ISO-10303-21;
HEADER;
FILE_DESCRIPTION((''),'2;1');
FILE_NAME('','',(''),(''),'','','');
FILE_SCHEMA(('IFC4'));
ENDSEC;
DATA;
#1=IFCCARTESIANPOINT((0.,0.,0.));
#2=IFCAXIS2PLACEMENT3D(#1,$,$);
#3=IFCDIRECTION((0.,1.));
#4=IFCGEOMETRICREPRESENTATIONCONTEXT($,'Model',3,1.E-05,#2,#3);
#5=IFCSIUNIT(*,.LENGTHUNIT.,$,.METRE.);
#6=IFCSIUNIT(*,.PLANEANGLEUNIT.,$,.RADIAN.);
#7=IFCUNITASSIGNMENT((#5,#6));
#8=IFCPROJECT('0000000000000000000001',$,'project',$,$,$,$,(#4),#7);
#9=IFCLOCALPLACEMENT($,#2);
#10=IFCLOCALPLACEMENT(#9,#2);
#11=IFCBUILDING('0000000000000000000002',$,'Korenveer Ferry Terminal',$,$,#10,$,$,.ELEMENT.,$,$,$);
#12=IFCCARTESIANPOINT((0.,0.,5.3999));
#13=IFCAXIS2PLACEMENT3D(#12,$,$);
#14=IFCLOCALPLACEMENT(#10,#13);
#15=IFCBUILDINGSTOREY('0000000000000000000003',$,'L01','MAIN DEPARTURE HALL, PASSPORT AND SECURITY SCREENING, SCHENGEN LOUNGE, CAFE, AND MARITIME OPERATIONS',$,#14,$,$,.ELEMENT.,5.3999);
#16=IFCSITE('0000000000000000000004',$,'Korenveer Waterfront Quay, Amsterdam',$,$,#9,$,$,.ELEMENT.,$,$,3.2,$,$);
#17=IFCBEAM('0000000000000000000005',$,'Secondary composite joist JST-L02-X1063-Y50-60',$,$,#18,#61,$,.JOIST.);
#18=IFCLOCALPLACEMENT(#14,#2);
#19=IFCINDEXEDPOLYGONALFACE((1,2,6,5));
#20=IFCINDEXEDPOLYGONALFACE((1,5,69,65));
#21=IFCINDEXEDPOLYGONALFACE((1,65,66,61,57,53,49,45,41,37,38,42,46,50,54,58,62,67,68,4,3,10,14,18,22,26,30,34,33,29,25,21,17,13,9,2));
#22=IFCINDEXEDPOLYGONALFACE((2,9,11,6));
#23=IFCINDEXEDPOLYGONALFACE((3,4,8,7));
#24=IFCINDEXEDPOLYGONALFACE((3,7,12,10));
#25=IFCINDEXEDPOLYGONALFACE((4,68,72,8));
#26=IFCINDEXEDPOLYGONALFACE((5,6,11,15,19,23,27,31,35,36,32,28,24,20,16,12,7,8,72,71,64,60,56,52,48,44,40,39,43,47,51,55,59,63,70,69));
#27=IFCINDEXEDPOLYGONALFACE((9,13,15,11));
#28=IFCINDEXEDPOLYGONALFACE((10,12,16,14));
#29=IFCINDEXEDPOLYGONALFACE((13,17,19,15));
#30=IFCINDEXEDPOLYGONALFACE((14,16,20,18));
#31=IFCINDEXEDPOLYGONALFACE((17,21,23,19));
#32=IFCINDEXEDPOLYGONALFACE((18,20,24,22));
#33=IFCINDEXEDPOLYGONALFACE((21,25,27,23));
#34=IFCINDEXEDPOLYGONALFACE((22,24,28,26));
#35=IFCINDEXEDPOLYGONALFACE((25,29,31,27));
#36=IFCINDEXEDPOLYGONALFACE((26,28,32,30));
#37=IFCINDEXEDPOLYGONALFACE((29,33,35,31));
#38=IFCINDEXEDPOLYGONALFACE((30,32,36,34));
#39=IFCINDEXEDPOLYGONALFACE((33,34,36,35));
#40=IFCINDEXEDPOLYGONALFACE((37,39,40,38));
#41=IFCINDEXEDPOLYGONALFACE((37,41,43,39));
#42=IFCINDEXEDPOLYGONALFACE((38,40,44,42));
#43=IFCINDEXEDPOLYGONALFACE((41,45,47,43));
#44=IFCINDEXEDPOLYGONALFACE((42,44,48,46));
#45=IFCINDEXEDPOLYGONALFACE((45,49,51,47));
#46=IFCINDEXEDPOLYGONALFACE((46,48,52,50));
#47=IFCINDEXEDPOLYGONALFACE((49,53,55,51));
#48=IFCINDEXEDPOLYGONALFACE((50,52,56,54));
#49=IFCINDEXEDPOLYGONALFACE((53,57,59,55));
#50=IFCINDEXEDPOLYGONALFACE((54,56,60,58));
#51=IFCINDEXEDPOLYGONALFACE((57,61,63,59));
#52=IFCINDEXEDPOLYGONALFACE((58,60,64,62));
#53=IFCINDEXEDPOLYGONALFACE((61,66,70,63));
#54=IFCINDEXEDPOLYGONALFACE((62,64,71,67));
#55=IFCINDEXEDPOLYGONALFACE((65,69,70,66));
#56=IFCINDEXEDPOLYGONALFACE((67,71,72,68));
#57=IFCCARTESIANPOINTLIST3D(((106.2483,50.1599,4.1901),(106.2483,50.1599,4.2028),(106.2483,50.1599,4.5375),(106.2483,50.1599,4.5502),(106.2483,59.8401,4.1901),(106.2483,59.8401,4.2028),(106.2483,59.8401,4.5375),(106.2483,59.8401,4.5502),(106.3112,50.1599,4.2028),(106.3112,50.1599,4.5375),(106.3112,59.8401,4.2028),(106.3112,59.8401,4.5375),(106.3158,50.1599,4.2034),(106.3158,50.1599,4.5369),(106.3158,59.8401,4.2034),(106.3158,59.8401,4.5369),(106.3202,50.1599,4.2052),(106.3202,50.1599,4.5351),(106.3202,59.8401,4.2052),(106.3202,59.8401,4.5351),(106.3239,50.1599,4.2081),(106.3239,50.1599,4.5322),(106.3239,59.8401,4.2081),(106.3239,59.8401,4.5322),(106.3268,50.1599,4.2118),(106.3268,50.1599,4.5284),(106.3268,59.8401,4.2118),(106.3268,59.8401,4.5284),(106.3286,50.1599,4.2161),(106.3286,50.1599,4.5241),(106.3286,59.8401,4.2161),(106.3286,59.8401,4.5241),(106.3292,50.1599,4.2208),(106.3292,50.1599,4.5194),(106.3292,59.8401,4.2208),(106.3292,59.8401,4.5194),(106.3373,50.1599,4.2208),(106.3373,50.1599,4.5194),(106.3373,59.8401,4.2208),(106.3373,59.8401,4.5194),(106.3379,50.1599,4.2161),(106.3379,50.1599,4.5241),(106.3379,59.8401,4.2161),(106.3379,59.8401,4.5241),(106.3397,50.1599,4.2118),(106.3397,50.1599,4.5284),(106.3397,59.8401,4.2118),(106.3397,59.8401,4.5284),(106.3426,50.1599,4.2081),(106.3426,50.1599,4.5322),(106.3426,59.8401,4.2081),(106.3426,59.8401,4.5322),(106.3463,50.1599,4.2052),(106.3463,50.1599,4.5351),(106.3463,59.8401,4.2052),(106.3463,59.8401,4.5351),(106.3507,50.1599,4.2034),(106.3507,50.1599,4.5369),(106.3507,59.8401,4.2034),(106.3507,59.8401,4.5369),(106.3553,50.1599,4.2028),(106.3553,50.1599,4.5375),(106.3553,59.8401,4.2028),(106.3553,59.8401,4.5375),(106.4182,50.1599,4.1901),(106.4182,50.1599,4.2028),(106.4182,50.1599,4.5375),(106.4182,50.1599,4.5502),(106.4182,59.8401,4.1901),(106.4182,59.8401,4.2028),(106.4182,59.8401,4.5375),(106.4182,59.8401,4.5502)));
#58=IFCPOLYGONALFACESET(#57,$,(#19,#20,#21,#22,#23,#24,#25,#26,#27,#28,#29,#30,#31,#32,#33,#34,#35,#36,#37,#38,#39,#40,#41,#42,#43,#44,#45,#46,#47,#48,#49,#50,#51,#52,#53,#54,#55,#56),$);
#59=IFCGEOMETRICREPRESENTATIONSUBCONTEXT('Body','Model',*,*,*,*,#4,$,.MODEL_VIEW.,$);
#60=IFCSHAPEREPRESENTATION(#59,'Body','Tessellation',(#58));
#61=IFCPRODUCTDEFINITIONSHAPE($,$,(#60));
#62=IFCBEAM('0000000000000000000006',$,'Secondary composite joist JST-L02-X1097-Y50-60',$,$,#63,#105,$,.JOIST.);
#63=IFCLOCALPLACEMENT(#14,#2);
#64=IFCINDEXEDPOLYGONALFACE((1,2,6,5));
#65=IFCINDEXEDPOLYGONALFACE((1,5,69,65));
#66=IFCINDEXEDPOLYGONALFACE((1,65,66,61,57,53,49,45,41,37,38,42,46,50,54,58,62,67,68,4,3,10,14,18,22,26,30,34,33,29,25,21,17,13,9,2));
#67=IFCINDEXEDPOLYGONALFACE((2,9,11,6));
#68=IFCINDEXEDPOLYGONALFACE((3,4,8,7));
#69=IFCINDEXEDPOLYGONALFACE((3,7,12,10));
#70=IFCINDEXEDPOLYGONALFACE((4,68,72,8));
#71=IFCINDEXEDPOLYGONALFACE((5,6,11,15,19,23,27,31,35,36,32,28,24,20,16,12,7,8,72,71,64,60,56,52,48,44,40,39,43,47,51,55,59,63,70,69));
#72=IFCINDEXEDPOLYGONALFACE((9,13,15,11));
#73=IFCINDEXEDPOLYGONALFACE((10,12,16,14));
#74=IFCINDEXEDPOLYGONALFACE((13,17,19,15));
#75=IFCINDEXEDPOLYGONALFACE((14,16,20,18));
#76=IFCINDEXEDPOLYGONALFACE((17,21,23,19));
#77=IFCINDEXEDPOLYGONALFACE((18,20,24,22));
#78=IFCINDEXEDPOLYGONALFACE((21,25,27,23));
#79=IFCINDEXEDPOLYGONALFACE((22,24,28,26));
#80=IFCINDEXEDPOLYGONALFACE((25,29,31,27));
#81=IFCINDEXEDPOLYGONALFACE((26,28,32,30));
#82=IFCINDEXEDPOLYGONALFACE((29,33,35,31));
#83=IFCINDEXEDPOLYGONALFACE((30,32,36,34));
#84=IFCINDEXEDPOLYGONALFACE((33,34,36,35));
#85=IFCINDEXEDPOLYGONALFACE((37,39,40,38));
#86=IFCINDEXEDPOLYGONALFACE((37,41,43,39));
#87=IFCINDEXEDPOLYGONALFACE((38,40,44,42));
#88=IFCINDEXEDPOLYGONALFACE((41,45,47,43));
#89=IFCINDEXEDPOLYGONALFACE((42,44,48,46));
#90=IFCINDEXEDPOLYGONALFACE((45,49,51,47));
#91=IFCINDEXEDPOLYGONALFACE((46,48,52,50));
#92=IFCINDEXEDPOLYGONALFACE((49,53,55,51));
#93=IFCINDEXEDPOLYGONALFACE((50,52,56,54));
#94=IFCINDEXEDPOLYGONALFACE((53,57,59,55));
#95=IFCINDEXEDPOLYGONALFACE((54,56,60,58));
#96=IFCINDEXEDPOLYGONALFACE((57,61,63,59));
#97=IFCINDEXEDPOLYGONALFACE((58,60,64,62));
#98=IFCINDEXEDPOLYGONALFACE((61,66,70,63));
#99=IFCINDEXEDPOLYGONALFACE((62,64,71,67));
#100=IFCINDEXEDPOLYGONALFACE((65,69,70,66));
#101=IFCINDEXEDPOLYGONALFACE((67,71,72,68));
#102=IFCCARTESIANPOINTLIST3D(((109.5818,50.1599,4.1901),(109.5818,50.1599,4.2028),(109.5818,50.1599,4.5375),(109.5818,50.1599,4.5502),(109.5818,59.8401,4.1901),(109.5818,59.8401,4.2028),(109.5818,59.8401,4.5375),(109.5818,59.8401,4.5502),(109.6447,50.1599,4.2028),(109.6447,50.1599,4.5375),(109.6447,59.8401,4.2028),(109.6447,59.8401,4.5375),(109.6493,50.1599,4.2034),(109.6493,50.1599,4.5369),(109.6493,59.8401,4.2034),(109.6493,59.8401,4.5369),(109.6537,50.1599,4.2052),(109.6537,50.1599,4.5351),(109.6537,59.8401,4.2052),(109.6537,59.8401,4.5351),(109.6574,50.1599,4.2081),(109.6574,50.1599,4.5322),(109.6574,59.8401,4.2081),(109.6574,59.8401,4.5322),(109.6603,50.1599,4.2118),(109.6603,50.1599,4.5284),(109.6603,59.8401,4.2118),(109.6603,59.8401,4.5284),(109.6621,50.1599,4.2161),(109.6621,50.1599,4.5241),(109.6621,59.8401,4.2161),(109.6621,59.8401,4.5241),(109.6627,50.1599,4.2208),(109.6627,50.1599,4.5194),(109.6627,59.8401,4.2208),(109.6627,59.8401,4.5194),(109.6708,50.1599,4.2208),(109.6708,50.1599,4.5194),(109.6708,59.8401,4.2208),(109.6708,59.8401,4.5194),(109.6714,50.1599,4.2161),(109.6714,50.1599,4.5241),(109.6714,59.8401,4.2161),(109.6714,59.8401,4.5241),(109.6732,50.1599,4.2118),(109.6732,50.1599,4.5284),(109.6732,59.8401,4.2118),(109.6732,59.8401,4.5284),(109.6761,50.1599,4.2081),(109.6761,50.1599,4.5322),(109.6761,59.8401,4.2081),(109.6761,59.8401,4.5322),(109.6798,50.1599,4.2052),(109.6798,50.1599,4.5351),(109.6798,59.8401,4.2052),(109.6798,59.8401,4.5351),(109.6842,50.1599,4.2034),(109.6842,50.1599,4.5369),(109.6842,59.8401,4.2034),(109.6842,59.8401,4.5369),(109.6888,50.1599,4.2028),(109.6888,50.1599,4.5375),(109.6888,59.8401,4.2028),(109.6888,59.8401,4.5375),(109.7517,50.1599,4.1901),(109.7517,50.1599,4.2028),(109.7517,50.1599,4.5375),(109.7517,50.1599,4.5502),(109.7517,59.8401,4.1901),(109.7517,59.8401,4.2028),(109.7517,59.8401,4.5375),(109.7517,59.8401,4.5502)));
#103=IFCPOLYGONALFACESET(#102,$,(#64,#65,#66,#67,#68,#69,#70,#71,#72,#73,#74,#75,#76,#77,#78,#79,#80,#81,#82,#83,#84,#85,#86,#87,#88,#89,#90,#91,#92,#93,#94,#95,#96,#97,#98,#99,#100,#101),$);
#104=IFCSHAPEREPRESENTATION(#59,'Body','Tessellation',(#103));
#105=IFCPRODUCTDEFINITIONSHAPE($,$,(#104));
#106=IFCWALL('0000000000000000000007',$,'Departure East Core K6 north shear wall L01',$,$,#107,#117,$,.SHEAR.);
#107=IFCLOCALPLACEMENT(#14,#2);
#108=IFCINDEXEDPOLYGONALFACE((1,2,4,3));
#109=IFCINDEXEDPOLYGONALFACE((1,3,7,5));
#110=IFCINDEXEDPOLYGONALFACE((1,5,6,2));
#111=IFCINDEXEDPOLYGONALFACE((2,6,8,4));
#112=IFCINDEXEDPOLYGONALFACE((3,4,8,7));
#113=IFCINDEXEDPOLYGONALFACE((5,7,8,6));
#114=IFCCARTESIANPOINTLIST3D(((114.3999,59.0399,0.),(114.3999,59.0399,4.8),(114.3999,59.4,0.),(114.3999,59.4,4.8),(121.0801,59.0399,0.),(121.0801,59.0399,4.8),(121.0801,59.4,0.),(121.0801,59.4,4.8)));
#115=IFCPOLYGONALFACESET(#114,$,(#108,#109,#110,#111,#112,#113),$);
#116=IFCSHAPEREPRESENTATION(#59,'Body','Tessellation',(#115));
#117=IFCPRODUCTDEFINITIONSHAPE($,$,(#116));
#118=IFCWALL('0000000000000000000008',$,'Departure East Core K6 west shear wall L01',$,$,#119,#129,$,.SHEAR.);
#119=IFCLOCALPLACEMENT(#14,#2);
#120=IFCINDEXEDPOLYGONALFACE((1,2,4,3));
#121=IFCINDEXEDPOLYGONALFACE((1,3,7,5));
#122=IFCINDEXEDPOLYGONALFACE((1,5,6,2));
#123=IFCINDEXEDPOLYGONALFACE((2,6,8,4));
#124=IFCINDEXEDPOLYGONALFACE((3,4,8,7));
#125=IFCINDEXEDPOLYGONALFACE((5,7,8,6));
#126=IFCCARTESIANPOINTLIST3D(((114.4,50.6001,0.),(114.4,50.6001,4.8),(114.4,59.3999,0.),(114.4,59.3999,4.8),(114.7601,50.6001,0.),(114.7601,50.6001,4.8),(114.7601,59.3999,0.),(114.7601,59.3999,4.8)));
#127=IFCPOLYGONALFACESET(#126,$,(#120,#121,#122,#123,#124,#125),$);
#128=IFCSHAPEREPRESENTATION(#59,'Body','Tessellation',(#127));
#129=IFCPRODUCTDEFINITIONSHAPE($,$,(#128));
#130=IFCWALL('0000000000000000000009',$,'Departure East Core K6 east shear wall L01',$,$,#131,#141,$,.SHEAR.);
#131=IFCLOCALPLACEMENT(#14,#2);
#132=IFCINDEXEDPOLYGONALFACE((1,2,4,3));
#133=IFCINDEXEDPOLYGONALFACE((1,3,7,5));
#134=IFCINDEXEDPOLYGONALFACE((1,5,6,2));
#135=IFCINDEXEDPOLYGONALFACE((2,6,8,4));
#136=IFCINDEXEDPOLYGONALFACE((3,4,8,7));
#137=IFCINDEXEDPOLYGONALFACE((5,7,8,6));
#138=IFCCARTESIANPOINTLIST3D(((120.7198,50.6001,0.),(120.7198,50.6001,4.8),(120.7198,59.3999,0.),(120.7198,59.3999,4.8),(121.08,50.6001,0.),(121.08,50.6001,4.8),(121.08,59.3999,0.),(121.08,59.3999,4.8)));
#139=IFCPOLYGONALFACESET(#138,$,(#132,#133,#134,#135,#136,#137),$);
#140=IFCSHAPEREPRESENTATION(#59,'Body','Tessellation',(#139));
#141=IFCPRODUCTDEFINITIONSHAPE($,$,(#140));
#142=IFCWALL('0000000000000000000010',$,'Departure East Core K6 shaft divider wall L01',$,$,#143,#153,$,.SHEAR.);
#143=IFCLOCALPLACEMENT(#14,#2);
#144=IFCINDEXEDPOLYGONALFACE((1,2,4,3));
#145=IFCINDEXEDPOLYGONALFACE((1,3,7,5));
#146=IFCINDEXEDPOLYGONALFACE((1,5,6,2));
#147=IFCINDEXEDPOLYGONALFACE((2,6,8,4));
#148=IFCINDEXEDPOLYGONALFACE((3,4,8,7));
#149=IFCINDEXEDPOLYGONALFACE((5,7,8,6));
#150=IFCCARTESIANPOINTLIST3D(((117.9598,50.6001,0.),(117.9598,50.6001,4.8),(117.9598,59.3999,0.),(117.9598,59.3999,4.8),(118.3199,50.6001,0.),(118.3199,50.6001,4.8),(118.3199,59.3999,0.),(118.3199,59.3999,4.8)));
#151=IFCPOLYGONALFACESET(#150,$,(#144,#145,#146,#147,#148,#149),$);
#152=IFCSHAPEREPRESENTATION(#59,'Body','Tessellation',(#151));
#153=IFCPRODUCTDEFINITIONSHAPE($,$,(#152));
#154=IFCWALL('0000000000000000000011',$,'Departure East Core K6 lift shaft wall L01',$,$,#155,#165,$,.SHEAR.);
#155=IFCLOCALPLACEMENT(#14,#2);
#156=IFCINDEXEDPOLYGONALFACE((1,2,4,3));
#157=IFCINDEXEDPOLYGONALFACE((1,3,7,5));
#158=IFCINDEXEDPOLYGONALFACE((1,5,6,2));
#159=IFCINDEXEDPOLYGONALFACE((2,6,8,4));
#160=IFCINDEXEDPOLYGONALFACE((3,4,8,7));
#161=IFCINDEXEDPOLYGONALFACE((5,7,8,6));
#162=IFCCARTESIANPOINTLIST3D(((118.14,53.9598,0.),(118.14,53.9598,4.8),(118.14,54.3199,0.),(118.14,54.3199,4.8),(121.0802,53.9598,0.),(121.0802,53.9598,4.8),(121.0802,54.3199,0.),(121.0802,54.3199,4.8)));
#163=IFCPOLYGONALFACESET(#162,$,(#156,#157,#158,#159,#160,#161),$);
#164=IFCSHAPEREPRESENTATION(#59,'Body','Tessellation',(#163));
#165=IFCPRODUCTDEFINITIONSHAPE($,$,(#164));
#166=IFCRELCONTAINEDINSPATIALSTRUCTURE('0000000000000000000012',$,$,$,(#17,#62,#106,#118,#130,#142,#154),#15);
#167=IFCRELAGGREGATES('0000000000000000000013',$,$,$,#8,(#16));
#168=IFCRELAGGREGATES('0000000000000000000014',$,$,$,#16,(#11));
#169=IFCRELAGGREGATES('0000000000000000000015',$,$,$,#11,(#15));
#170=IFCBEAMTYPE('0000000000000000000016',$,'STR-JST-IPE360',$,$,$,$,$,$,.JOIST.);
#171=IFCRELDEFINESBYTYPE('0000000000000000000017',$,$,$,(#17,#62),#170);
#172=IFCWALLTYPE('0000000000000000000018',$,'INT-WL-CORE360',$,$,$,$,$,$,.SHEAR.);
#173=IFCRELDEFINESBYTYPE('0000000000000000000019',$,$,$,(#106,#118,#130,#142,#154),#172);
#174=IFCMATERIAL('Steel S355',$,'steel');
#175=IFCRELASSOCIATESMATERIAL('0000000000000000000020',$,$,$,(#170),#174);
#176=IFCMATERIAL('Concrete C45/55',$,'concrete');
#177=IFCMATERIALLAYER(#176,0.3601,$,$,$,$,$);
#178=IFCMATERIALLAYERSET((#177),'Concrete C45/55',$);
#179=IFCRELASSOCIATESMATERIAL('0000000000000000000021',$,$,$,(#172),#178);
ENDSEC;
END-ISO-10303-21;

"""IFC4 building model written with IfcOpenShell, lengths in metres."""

from ifc_helpers import new_model, si_unit, direction, frame, frame_2d, origin, origin_2d, place, context, subcontext, project, spatial, rectangle, i_section, extrude, material, layer, layer_set, material_profile, profile_set, type_object, element, save


model = new_model("IFC4")

# Units and contexts
model_context = context("Model", 3, precision=1e-05, world=origin(), true_north=direction((0.0, 1.0)))
body_context = subcontext(model_context, "Body", "Model", "MODEL_VIEW")
ifc_project = project(units=[si_unit("LENGTHUNIT", "METRE"), si_unit("PLANEANGLEUNIT", "RADIAN")], contexts=[model_context])

# Site, building, storey
site_placement = place(None, origin())
site = spatial("IfcSite", under=ifc_project, at=site_placement, Name="Korenveer Waterfront Quay, Amsterdam", CompositionType="ELEMENT", RefElevation=3.2)
building_placement = place(site_placement, origin())
building = spatial("IfcBuilding", under=site, at=building_placement, Name="Korenveer Ferry Terminal", CompositionType="ELEMENT")
storey_placement = place(building_placement, frame((0.0, 0.0, 5.3999)))
storey = spatial("IfcBuildingStorey", under=building, at=storey_placement, Name="L01", Description="MAIN DEPARTURE HALL, PASSPORT AND SECURITY SCREENING, SCHENGEN LOUNGE, CAFE, AND MARITIME OPERATIONS", CompositionType="ELEMENT", Elevation=5.3999)

# Shared definitions
ifc_material_1 = material(Name="Steel S355", Category="steel")

# Beams
ifc_material_profile_1 = material_profile(ifc_material_1, i_section(OverallWidth=0.1699, OverallDepth=0.3601, WebThickness=0.0081, FlangeThickness=0.0127, FilletRadius=0.0181, at=origin_2d()), Name="IPE 360")
ifc_profile_set_1 = profile_set([ifc_material_profile_1], Name="Steel S355")
beam_type_1 = type_object("IfcBeamType", Name="STR-JST-IPE360", PredefinedType="JOIST", material=ifc_profile_set_1)
for number, where, z_axis, x_axis, name in (
    (1, (106.3333, 50.1599, 4.3701), (0.0, 1.0, 0.0), (-1.0, 0.0, 0.0), "Secondary composite joist JST-L02-X1063-Y50-60"),
    (2, (109.6667, 50.1599, 4.3701), (0.0, 1.0, 0.0), (-1.0, 0.0, 0.0), "Secondary composite joist JST-L02-X1097-Y50-60"),
):
    element("IfcBeam", number, at=place(storey_placement, frame(where, z_axis=z_axis, x_axis=x_axis)), inside=storey, type_object=beam_type_1, Name=name, PredefinedType="JOIST", context=body_context, shape_type="SweptSolid", body=[
        extrude(i_section(OverallWidth=0.1699, OverallDepth=0.3601, WebThickness=0.0081, FlangeThickness=0.0127, FilletRadius=0.0181, at=origin_2d()), origin(), (0.0, 0.0, 1.0), 9.6802),
    ])

# Shared definitions
ifc_material_2 = material(Name="Concrete C45/55", Category="concrete")
ifc_layer = layer(ifc_material_2, 0.3601)
ifc_layer_set = layer_set([ifc_layer], Name="Concrete C45/55")
wall_type = type_object("IfcWallType", Name="INT-WL-CORE360", PredefinedType="SHEAR", material=ifc_layer_set)

# Walls
wall_1_placement = place(storey_placement, frame((114.3999, 59.22, 0.0), z_axis=(0.0, 0.0, 1.0), x_axis=(1.0, 0.0, 0.0)))
element("IfcWall", 3, at=wall_1_placement, inside=storey, type_object=wall_type, Name="Departure East Core K6 north shear wall L01", PredefinedType="SHEAR", context=body_context, shape_type="SweptSolid", body=[
    extrude(rectangle(XDim=6.6802, YDim=0.3601, at=frame_2d((3.3401, 0.0))), origin(), (0.0, 0.0, 1.0), 4.8),
])
for number, where, z_axis, x_axis, name in (
    (4, (114.5801, 50.6001, 0.0), (0.0, 0.0, 1.0), (0.0, 1.0, 0.0), "Departure East Core K6 west shear wall L01"),
    (5, (120.8999, 50.6001, 0.0), (0.0, 0.0, 1.0), (0.0, 1.0, 0.0), "Departure East Core K6 east shear wall L01"),
    (6, (118.1399, 50.6001, 0.0), (0.0, 0.0, 1.0), (0.0, 1.0, 0.0), "Departure East Core K6 shaft divider wall L01"),
):
    element("IfcWall", number, at=place(storey_placement, frame(where, z_axis=z_axis, x_axis=x_axis)), inside=storey, type_object=wall_type, Name=name, PredefinedType="SHEAR", context=body_context, shape_type="SweptSolid", body=[
        extrude(rectangle(XDim=8.7998, YDim=0.3601, at=frame_2d((4.3999, 0.0))), origin(), (0.0, 0.0, 1.0), 4.8),
    ])
wall_2_placement = place(storey_placement, frame((118.1399, 54.1399, 0.0), z_axis=(0.0, 0.0, 1.0), x_axis=(1.0, 0.0, 0.0)))
element("IfcWall", 7, at=wall_2_placement, inside=storey, type_object=wall_type, Name="Departure East Core K6 lift shaft wall L01", PredefinedType="SHEAR", context=body_context, shape_type="SweptSolid", body=[
    extrude(rectangle(XDim=2.9402, YDim=0.3601, at=frame_2d((1.4702, 0.0))), origin(), (0.0, 0.0, 1.0), 4.8),
])

save(model, "model.ifc")
